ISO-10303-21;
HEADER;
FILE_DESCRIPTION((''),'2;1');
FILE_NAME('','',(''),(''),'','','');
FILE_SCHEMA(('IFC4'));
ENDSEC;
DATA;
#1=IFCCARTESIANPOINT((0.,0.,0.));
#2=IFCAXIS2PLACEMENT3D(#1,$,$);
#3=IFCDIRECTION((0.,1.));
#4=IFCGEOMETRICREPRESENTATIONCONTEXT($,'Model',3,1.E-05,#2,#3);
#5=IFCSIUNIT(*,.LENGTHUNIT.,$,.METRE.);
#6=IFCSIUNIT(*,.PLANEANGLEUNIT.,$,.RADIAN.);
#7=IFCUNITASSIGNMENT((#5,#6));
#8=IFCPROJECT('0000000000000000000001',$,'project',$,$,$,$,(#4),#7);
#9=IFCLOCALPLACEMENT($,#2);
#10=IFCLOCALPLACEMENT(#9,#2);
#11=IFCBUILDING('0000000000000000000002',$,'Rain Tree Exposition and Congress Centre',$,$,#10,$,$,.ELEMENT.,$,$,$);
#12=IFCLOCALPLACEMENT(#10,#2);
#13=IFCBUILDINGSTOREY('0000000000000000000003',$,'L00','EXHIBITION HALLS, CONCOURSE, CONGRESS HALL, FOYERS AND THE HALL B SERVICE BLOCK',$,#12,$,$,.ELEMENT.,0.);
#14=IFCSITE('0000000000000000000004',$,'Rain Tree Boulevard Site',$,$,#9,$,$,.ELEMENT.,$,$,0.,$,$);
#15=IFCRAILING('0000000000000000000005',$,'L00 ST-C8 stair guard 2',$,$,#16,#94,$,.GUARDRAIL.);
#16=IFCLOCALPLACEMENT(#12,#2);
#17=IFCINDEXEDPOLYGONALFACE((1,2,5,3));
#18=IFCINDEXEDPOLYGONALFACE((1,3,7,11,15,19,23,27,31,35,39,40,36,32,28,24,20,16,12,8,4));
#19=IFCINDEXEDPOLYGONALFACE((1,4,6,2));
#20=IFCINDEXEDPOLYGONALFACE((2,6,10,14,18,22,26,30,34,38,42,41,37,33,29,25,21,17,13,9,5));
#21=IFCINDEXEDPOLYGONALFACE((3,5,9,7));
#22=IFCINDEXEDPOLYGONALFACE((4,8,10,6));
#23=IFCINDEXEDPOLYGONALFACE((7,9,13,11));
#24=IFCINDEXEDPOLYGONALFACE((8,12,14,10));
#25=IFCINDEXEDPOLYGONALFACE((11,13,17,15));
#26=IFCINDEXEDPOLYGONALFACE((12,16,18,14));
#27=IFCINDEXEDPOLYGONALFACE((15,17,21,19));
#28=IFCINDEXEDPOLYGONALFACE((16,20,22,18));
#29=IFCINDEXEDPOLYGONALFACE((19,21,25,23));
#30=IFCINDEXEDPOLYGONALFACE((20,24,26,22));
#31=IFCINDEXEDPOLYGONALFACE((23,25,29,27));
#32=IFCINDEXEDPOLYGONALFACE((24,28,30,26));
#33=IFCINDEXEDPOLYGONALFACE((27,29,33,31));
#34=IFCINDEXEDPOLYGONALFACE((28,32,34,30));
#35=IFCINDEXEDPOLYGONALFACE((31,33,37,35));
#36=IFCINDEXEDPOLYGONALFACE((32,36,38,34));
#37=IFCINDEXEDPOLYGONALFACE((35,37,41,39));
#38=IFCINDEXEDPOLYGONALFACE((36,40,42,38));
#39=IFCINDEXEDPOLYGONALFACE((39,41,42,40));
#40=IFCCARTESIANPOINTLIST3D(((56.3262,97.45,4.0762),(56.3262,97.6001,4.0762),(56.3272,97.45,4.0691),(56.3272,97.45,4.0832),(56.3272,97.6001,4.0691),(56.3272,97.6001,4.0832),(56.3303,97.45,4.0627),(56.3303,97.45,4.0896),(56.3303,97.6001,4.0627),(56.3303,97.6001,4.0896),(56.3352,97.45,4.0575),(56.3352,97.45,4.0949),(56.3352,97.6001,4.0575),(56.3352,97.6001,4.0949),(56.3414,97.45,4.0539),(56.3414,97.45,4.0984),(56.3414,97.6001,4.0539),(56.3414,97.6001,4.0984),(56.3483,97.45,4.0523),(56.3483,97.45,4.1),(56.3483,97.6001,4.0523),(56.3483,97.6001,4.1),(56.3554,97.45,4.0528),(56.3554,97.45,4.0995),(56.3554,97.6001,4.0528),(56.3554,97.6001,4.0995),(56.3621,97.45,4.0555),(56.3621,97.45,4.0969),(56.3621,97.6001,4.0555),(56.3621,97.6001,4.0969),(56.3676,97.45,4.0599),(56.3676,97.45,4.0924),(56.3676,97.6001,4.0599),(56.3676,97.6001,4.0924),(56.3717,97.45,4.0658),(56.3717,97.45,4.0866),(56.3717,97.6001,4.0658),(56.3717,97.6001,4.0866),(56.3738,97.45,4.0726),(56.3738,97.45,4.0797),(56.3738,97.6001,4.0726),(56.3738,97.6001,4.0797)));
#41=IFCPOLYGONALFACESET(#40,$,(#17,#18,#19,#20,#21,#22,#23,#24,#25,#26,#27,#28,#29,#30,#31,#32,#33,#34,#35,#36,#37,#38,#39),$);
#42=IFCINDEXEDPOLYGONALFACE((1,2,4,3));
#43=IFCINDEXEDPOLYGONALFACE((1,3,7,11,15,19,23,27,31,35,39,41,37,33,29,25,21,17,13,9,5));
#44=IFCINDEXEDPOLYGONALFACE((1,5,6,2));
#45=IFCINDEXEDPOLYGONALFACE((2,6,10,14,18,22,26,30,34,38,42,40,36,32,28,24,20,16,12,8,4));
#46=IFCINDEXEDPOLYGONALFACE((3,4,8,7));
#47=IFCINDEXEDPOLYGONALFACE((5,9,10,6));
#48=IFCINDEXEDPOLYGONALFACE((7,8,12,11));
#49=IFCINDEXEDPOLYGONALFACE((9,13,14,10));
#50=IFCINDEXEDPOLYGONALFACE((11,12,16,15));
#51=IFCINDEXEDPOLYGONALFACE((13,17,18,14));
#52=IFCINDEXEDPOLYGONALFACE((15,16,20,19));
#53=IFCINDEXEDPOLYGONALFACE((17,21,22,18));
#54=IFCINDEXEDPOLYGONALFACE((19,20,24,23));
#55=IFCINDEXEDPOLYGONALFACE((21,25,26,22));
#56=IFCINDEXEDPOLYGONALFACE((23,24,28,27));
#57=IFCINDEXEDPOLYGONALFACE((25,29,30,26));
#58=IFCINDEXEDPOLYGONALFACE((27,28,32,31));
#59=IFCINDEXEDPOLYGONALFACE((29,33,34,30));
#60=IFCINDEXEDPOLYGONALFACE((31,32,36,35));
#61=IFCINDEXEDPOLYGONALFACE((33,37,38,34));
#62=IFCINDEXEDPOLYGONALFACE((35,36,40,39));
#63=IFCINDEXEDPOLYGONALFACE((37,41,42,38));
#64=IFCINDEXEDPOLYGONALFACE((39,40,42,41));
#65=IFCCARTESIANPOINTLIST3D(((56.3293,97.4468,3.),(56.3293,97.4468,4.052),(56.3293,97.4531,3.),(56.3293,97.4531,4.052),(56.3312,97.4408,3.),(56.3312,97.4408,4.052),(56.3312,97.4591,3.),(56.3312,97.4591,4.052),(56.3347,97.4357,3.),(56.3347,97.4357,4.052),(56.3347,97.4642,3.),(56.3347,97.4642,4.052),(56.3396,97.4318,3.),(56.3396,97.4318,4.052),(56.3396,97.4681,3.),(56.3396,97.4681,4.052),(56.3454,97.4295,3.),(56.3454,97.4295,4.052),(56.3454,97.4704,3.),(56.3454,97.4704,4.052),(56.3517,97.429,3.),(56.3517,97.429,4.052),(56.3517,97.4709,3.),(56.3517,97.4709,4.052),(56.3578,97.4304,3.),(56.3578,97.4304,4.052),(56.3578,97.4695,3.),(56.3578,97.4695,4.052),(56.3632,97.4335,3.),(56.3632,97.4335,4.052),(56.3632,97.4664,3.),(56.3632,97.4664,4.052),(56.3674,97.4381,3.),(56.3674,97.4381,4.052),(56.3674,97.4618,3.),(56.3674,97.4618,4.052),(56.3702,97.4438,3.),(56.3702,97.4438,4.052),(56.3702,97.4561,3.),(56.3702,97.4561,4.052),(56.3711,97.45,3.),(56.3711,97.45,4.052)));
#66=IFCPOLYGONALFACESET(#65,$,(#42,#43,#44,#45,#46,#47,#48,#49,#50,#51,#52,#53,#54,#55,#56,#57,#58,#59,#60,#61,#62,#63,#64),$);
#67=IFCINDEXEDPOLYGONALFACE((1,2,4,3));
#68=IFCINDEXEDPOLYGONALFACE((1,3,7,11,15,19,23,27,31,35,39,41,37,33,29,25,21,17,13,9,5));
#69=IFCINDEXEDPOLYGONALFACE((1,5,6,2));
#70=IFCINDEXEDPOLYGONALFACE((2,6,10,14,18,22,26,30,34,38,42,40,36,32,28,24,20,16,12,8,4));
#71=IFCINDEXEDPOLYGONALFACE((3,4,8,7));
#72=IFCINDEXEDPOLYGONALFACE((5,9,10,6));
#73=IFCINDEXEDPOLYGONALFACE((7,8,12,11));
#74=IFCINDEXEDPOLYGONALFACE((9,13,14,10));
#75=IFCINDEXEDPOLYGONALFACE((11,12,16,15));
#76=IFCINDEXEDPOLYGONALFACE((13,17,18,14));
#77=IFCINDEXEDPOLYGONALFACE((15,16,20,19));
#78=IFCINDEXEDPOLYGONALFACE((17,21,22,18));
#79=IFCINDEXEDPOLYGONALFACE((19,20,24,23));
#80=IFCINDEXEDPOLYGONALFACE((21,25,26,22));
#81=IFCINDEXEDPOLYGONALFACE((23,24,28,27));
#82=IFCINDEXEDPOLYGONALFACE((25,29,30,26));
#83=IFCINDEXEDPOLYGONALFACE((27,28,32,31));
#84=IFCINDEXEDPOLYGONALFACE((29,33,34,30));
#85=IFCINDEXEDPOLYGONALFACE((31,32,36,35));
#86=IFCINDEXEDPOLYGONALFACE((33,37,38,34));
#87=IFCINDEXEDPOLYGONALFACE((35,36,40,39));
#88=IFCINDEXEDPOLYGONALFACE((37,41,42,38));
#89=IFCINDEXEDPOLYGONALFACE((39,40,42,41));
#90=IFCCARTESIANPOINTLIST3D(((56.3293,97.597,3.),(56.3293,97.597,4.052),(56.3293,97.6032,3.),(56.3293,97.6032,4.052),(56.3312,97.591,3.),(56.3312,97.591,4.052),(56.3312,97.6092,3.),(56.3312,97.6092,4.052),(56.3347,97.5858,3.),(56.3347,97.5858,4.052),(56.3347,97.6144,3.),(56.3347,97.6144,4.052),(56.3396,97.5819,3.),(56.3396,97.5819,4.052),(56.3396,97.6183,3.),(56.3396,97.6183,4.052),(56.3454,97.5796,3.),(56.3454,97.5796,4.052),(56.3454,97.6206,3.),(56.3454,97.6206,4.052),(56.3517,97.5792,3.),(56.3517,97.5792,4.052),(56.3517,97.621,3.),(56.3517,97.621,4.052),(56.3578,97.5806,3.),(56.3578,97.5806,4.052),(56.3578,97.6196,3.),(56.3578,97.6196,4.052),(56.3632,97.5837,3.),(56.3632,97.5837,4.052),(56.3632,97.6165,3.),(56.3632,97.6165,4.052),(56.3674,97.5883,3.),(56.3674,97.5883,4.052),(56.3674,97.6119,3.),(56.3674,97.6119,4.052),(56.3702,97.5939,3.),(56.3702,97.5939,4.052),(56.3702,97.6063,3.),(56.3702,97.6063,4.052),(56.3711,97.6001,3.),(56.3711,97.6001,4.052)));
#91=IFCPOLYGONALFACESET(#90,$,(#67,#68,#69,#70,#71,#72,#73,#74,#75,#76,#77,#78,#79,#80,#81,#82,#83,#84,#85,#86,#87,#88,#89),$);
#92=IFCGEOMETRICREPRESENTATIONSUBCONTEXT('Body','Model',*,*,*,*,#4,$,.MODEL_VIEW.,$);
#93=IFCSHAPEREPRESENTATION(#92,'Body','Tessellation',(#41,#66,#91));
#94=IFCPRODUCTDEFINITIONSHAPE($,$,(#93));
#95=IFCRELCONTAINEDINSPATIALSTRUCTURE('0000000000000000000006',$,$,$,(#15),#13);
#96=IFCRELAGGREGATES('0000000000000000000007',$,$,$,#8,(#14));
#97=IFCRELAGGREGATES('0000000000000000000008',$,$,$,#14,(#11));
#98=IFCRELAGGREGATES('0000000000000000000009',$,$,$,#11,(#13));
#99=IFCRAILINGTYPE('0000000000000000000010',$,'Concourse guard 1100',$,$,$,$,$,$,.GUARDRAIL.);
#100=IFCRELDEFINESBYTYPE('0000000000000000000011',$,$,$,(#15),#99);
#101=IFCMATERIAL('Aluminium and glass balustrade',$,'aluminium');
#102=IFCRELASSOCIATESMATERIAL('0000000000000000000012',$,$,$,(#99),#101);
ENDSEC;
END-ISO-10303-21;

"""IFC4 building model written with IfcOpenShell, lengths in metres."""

from ifc_helpers import new_model, si_unit, direction, frame, origin, origin_2d, place, context, subcontext, project, spatial, circle, extrude, material, type_object, element, save


model = new_model("IFC4")

# Units and contexts
model_context = context("Model", 3, precision=1e-05, world=origin(), true_north=direction((0.0, 1.0)))
body_context = subcontext(model_context, "Body", "Model", "MODEL_VIEW")
ifc_project = project(units=[si_unit("LENGTHUNIT", "METRE"), si_unit("PLANEANGLEUNIT", "RADIAN")], contexts=[model_context])

# Site, building, storey
site_placement = place(None, origin())
site = spatial("IfcSite", under=ifc_project, at=site_placement, Name="Rain Tree Boulevard Site", CompositionType="ELEMENT", RefElevation=0.0)
building_placement = place(site_placement, origin())
building = spatial("IfcBuilding", under=site, at=building_placement, Name="Rain Tree Exposition and Congress Centre", CompositionType="ELEMENT")
storey_placement = place(building_placement, origin())
storey = spatial("IfcBuildingStorey", under=building, at=storey_placement, Name="L00", Description="EXHIBITION HALLS, CONCOURSE, CONGRESS HALL, FOYERS AND THE HALL B SERVICE BLOCK", CompositionType="ELEMENT", Elevation=0.0)

# Railing
ifc_material_1 = material(Name="Aluminium and glass balustrade", Category="aluminium")
railing_type_1 = type_object("IfcRailingType", Name="Concourse guard 1100", PredefinedType="GUARDRAIL", material=ifc_material_1)
railing_1_placement = place(storey_placement, frame((56.3501, 97.45, 3.0)))
element("IfcRailing", 1, at=railing_1_placement, inside=storey, type_object=railing_type_1, Name="L00 ST-C8 stair guard 2", PredefinedType="GUARDRAIL", context=body_context, shape_type="SweptSolid", body=[
    extrude(circle(Radius=0.0239, at=origin_2d()), frame((0.0, 0.0, 1.0762), z_axis=(0.0, 1.0, 0.0), x_axis=(-1.0, 0.0, 0.0)), (0.0, 0.0, 1.0), 0.1501),
    extrude(circle(Radius=0.021, at=origin_2d()), origin(), (0.0, 0.0, 1.0), 1.052),
    extrude(circle(Radius=0.021, at=origin_2d()), frame((0.0, 0.1501, 0.0)), (0.0, 0.0, 1.0), 1.052),
])

save(model, "model.ifc")
